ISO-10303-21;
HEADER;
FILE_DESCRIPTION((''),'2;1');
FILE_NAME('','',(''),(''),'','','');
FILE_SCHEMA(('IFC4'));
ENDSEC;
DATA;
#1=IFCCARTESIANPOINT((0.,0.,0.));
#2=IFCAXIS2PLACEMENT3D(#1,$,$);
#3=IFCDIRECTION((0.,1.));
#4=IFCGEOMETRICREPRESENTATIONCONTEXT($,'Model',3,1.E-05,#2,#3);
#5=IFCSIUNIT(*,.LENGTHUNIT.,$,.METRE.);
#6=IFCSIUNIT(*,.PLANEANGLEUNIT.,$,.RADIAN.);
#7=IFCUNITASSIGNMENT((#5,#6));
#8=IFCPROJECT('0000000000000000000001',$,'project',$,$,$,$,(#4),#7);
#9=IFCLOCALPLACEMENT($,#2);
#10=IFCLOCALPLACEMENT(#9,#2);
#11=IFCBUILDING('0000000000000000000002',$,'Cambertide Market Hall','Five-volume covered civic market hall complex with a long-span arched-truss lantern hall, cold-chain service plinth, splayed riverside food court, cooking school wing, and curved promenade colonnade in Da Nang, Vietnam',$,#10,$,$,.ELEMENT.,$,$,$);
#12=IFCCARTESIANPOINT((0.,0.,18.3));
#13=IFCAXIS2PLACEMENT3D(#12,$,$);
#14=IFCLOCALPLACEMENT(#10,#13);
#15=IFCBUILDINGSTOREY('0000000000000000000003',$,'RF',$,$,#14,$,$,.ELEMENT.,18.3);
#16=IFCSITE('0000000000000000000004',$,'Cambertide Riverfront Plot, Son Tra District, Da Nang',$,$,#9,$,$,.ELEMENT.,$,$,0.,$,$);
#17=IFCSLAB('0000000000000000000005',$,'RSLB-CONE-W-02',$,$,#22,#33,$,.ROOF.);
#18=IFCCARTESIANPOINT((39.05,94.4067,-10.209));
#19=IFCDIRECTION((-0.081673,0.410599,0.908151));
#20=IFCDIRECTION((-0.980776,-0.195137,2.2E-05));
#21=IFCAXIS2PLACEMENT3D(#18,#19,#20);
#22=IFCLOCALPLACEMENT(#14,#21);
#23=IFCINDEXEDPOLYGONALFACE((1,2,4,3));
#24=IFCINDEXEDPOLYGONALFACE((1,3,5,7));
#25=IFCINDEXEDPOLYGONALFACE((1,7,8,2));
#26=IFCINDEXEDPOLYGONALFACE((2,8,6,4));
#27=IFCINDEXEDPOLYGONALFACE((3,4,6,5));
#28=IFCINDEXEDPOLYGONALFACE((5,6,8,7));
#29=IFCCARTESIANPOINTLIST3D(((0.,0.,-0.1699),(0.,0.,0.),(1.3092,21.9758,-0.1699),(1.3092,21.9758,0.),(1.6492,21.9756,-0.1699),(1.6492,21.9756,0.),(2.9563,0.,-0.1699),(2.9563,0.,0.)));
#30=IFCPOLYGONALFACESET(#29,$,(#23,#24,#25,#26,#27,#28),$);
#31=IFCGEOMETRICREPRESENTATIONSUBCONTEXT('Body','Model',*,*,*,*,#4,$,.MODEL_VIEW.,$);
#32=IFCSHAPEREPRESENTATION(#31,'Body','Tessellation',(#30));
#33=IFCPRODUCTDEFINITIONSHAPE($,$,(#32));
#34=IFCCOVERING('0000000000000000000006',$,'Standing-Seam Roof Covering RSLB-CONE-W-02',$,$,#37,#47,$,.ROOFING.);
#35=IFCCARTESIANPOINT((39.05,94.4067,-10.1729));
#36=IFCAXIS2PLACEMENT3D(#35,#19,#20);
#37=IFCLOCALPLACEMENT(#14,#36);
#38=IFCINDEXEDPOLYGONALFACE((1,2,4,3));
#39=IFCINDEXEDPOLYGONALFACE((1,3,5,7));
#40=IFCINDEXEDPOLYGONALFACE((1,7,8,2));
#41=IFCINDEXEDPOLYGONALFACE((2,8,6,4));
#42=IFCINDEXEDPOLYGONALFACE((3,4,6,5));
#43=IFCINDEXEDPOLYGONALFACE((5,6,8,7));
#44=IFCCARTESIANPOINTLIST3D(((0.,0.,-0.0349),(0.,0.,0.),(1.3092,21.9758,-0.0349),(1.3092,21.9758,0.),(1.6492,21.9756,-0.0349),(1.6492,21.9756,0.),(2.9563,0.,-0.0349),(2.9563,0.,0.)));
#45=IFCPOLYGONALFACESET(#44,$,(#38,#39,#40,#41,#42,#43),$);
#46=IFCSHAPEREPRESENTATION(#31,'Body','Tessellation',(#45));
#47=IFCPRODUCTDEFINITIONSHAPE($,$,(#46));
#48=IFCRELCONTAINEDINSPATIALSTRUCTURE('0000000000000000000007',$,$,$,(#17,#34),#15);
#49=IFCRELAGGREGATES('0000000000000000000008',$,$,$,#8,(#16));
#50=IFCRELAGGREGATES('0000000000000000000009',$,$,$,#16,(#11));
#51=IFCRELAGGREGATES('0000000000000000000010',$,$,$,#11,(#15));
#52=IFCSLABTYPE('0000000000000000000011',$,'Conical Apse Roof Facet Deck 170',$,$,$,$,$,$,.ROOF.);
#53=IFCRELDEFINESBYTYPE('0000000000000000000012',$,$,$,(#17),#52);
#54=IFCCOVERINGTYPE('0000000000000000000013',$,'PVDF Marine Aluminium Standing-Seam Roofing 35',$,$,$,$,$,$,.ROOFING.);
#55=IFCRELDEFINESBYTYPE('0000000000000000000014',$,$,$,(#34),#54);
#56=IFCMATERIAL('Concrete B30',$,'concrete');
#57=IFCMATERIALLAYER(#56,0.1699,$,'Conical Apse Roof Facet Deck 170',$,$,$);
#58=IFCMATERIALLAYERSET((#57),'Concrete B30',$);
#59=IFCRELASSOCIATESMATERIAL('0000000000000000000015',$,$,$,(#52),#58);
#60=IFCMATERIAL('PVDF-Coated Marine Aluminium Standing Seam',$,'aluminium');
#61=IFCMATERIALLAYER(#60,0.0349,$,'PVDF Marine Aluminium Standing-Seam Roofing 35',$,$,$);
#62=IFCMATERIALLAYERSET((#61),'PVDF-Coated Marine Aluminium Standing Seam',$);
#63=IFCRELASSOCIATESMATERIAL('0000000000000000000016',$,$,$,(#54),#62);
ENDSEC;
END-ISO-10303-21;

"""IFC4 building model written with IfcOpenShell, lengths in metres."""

from ifc_helpers import new_model, si_unit, direction, frame, origin, place, context, subcontext, project, spatial, polyline, outline, extrude, material, layer, layer_set, type_object, element, save


model = new_model("IFC4")

# Units and contexts
model_context = context("Model", 3, precision=1e-05, world=origin(), true_north=direction((0.0, 1.0)))
body_context = subcontext(model_context, "Body", "Model", "MODEL_VIEW")
ifc_project = project(units=[si_unit("LENGTHUNIT", "METRE"), si_unit("PLANEANGLEUNIT", "RADIAN")], contexts=[model_context])

# Site, building, storey
site_placement = place(None, origin())
site = spatial("IfcSite", under=ifc_project, at=site_placement, Name="Cambertide Riverfront Plot, Son Tra District, Da Nang", CompositionType="ELEMENT", RefElevation=0.0)
building_placement = place(site_placement, origin())
building = spatial("IfcBuilding", under=site, at=building_placement, Name="Cambertide Market Hall", Description="Five-volume covered civic market hall complex with a long-span arched-truss lantern hall, cold-chain service plinth, splayed riverside food court, cooking school wing, and curved promenade colonnade in Da Nang, Vietnam", CompositionType="ELEMENT")
storey_placement = place(building_placement, frame((0.0, 0.0, 18.3)))
storey = spatial("IfcBuildingStorey", under=building, at=storey_placement, Name="RF", CompositionType="ELEMENT", Elevation=18.3)

# Slab
ifc_material_1 = material(Name="Concrete B30", Category="concrete")
ifc_layer_1 = layer(ifc_material_1, 0.1699, Name="Conical Apse Roof Facet Deck 170")
ifc_layer_set_1 = layer_set([ifc_layer_1], Name="Concrete B30")
slab_type = type_object("IfcSlabType", Name="Conical Apse Roof Facet Deck 170", PredefinedType="ROOF", material=ifc_layer_set_1)
slab_placement = place(storey_placement, frame((39.05, 94.4067, -10.209), z_axis=(-0.081673, 0.410599, 0.908151), x_axis=(-0.980776, -0.195137, 0.000022)))
element("IfcSlab", 1, at=slab_placement, inside=storey, type_object=slab_type, Name="RSLB-CONE-W-02", PredefinedType="ROOF", context=body_context, shape_type="SweptSolid", body=[
    extrude(outline(polyline([(0.0, 0.0), (2.9563, 0.0), (1.6492, 21.9756), (1.3092, 21.9758), (0.0, 0.0)])), origin(), (0.0, 0.0, -1.0), 0.1699),
])

# Covering
ifc_material_2 = material(Name="PVDF-Coated Marine Aluminium Standing Seam", Category="aluminium")
ifc_layer_2 = layer(ifc_material_2, 0.0349, Name="PVDF Marine Aluminium Standing-Seam Roofing 35")
ifc_layer_set_2 = layer_set([ifc_layer_2], Name="PVDF-Coated Marine Aluminium Standing Seam")
covering_type = type_object("IfcCoveringType", Name="PVDF Marine Aluminium Standing-Seam Roofing 35", PredefinedType="ROOFING", material=ifc_layer_set_2)
covering_placement = place(storey_placement, frame((39.05, 94.4067, -10.1729), z_axis=(-0.081673, 0.410599, 0.908151), x_axis=(-0.980776, -0.195137, 0.000022)))
element("IfcCovering", 2, at=covering_placement, inside=storey, type_object=covering_type, Name="Standing-Seam Roof Covering RSLB-CONE-W-02", PredefinedType="ROOFING", context=body_context, shape_type="SweptSolid", body=[
    extrude(outline(polyline([(0.0, 0.0), (2.9563, 0.0), (1.6492, 21.9756), (1.3092, 21.9758), (0.0, 0.0)])), origin(), (0.0, 0.0, -1.0), 0.0349),
])

save(model, "model.ifc")
